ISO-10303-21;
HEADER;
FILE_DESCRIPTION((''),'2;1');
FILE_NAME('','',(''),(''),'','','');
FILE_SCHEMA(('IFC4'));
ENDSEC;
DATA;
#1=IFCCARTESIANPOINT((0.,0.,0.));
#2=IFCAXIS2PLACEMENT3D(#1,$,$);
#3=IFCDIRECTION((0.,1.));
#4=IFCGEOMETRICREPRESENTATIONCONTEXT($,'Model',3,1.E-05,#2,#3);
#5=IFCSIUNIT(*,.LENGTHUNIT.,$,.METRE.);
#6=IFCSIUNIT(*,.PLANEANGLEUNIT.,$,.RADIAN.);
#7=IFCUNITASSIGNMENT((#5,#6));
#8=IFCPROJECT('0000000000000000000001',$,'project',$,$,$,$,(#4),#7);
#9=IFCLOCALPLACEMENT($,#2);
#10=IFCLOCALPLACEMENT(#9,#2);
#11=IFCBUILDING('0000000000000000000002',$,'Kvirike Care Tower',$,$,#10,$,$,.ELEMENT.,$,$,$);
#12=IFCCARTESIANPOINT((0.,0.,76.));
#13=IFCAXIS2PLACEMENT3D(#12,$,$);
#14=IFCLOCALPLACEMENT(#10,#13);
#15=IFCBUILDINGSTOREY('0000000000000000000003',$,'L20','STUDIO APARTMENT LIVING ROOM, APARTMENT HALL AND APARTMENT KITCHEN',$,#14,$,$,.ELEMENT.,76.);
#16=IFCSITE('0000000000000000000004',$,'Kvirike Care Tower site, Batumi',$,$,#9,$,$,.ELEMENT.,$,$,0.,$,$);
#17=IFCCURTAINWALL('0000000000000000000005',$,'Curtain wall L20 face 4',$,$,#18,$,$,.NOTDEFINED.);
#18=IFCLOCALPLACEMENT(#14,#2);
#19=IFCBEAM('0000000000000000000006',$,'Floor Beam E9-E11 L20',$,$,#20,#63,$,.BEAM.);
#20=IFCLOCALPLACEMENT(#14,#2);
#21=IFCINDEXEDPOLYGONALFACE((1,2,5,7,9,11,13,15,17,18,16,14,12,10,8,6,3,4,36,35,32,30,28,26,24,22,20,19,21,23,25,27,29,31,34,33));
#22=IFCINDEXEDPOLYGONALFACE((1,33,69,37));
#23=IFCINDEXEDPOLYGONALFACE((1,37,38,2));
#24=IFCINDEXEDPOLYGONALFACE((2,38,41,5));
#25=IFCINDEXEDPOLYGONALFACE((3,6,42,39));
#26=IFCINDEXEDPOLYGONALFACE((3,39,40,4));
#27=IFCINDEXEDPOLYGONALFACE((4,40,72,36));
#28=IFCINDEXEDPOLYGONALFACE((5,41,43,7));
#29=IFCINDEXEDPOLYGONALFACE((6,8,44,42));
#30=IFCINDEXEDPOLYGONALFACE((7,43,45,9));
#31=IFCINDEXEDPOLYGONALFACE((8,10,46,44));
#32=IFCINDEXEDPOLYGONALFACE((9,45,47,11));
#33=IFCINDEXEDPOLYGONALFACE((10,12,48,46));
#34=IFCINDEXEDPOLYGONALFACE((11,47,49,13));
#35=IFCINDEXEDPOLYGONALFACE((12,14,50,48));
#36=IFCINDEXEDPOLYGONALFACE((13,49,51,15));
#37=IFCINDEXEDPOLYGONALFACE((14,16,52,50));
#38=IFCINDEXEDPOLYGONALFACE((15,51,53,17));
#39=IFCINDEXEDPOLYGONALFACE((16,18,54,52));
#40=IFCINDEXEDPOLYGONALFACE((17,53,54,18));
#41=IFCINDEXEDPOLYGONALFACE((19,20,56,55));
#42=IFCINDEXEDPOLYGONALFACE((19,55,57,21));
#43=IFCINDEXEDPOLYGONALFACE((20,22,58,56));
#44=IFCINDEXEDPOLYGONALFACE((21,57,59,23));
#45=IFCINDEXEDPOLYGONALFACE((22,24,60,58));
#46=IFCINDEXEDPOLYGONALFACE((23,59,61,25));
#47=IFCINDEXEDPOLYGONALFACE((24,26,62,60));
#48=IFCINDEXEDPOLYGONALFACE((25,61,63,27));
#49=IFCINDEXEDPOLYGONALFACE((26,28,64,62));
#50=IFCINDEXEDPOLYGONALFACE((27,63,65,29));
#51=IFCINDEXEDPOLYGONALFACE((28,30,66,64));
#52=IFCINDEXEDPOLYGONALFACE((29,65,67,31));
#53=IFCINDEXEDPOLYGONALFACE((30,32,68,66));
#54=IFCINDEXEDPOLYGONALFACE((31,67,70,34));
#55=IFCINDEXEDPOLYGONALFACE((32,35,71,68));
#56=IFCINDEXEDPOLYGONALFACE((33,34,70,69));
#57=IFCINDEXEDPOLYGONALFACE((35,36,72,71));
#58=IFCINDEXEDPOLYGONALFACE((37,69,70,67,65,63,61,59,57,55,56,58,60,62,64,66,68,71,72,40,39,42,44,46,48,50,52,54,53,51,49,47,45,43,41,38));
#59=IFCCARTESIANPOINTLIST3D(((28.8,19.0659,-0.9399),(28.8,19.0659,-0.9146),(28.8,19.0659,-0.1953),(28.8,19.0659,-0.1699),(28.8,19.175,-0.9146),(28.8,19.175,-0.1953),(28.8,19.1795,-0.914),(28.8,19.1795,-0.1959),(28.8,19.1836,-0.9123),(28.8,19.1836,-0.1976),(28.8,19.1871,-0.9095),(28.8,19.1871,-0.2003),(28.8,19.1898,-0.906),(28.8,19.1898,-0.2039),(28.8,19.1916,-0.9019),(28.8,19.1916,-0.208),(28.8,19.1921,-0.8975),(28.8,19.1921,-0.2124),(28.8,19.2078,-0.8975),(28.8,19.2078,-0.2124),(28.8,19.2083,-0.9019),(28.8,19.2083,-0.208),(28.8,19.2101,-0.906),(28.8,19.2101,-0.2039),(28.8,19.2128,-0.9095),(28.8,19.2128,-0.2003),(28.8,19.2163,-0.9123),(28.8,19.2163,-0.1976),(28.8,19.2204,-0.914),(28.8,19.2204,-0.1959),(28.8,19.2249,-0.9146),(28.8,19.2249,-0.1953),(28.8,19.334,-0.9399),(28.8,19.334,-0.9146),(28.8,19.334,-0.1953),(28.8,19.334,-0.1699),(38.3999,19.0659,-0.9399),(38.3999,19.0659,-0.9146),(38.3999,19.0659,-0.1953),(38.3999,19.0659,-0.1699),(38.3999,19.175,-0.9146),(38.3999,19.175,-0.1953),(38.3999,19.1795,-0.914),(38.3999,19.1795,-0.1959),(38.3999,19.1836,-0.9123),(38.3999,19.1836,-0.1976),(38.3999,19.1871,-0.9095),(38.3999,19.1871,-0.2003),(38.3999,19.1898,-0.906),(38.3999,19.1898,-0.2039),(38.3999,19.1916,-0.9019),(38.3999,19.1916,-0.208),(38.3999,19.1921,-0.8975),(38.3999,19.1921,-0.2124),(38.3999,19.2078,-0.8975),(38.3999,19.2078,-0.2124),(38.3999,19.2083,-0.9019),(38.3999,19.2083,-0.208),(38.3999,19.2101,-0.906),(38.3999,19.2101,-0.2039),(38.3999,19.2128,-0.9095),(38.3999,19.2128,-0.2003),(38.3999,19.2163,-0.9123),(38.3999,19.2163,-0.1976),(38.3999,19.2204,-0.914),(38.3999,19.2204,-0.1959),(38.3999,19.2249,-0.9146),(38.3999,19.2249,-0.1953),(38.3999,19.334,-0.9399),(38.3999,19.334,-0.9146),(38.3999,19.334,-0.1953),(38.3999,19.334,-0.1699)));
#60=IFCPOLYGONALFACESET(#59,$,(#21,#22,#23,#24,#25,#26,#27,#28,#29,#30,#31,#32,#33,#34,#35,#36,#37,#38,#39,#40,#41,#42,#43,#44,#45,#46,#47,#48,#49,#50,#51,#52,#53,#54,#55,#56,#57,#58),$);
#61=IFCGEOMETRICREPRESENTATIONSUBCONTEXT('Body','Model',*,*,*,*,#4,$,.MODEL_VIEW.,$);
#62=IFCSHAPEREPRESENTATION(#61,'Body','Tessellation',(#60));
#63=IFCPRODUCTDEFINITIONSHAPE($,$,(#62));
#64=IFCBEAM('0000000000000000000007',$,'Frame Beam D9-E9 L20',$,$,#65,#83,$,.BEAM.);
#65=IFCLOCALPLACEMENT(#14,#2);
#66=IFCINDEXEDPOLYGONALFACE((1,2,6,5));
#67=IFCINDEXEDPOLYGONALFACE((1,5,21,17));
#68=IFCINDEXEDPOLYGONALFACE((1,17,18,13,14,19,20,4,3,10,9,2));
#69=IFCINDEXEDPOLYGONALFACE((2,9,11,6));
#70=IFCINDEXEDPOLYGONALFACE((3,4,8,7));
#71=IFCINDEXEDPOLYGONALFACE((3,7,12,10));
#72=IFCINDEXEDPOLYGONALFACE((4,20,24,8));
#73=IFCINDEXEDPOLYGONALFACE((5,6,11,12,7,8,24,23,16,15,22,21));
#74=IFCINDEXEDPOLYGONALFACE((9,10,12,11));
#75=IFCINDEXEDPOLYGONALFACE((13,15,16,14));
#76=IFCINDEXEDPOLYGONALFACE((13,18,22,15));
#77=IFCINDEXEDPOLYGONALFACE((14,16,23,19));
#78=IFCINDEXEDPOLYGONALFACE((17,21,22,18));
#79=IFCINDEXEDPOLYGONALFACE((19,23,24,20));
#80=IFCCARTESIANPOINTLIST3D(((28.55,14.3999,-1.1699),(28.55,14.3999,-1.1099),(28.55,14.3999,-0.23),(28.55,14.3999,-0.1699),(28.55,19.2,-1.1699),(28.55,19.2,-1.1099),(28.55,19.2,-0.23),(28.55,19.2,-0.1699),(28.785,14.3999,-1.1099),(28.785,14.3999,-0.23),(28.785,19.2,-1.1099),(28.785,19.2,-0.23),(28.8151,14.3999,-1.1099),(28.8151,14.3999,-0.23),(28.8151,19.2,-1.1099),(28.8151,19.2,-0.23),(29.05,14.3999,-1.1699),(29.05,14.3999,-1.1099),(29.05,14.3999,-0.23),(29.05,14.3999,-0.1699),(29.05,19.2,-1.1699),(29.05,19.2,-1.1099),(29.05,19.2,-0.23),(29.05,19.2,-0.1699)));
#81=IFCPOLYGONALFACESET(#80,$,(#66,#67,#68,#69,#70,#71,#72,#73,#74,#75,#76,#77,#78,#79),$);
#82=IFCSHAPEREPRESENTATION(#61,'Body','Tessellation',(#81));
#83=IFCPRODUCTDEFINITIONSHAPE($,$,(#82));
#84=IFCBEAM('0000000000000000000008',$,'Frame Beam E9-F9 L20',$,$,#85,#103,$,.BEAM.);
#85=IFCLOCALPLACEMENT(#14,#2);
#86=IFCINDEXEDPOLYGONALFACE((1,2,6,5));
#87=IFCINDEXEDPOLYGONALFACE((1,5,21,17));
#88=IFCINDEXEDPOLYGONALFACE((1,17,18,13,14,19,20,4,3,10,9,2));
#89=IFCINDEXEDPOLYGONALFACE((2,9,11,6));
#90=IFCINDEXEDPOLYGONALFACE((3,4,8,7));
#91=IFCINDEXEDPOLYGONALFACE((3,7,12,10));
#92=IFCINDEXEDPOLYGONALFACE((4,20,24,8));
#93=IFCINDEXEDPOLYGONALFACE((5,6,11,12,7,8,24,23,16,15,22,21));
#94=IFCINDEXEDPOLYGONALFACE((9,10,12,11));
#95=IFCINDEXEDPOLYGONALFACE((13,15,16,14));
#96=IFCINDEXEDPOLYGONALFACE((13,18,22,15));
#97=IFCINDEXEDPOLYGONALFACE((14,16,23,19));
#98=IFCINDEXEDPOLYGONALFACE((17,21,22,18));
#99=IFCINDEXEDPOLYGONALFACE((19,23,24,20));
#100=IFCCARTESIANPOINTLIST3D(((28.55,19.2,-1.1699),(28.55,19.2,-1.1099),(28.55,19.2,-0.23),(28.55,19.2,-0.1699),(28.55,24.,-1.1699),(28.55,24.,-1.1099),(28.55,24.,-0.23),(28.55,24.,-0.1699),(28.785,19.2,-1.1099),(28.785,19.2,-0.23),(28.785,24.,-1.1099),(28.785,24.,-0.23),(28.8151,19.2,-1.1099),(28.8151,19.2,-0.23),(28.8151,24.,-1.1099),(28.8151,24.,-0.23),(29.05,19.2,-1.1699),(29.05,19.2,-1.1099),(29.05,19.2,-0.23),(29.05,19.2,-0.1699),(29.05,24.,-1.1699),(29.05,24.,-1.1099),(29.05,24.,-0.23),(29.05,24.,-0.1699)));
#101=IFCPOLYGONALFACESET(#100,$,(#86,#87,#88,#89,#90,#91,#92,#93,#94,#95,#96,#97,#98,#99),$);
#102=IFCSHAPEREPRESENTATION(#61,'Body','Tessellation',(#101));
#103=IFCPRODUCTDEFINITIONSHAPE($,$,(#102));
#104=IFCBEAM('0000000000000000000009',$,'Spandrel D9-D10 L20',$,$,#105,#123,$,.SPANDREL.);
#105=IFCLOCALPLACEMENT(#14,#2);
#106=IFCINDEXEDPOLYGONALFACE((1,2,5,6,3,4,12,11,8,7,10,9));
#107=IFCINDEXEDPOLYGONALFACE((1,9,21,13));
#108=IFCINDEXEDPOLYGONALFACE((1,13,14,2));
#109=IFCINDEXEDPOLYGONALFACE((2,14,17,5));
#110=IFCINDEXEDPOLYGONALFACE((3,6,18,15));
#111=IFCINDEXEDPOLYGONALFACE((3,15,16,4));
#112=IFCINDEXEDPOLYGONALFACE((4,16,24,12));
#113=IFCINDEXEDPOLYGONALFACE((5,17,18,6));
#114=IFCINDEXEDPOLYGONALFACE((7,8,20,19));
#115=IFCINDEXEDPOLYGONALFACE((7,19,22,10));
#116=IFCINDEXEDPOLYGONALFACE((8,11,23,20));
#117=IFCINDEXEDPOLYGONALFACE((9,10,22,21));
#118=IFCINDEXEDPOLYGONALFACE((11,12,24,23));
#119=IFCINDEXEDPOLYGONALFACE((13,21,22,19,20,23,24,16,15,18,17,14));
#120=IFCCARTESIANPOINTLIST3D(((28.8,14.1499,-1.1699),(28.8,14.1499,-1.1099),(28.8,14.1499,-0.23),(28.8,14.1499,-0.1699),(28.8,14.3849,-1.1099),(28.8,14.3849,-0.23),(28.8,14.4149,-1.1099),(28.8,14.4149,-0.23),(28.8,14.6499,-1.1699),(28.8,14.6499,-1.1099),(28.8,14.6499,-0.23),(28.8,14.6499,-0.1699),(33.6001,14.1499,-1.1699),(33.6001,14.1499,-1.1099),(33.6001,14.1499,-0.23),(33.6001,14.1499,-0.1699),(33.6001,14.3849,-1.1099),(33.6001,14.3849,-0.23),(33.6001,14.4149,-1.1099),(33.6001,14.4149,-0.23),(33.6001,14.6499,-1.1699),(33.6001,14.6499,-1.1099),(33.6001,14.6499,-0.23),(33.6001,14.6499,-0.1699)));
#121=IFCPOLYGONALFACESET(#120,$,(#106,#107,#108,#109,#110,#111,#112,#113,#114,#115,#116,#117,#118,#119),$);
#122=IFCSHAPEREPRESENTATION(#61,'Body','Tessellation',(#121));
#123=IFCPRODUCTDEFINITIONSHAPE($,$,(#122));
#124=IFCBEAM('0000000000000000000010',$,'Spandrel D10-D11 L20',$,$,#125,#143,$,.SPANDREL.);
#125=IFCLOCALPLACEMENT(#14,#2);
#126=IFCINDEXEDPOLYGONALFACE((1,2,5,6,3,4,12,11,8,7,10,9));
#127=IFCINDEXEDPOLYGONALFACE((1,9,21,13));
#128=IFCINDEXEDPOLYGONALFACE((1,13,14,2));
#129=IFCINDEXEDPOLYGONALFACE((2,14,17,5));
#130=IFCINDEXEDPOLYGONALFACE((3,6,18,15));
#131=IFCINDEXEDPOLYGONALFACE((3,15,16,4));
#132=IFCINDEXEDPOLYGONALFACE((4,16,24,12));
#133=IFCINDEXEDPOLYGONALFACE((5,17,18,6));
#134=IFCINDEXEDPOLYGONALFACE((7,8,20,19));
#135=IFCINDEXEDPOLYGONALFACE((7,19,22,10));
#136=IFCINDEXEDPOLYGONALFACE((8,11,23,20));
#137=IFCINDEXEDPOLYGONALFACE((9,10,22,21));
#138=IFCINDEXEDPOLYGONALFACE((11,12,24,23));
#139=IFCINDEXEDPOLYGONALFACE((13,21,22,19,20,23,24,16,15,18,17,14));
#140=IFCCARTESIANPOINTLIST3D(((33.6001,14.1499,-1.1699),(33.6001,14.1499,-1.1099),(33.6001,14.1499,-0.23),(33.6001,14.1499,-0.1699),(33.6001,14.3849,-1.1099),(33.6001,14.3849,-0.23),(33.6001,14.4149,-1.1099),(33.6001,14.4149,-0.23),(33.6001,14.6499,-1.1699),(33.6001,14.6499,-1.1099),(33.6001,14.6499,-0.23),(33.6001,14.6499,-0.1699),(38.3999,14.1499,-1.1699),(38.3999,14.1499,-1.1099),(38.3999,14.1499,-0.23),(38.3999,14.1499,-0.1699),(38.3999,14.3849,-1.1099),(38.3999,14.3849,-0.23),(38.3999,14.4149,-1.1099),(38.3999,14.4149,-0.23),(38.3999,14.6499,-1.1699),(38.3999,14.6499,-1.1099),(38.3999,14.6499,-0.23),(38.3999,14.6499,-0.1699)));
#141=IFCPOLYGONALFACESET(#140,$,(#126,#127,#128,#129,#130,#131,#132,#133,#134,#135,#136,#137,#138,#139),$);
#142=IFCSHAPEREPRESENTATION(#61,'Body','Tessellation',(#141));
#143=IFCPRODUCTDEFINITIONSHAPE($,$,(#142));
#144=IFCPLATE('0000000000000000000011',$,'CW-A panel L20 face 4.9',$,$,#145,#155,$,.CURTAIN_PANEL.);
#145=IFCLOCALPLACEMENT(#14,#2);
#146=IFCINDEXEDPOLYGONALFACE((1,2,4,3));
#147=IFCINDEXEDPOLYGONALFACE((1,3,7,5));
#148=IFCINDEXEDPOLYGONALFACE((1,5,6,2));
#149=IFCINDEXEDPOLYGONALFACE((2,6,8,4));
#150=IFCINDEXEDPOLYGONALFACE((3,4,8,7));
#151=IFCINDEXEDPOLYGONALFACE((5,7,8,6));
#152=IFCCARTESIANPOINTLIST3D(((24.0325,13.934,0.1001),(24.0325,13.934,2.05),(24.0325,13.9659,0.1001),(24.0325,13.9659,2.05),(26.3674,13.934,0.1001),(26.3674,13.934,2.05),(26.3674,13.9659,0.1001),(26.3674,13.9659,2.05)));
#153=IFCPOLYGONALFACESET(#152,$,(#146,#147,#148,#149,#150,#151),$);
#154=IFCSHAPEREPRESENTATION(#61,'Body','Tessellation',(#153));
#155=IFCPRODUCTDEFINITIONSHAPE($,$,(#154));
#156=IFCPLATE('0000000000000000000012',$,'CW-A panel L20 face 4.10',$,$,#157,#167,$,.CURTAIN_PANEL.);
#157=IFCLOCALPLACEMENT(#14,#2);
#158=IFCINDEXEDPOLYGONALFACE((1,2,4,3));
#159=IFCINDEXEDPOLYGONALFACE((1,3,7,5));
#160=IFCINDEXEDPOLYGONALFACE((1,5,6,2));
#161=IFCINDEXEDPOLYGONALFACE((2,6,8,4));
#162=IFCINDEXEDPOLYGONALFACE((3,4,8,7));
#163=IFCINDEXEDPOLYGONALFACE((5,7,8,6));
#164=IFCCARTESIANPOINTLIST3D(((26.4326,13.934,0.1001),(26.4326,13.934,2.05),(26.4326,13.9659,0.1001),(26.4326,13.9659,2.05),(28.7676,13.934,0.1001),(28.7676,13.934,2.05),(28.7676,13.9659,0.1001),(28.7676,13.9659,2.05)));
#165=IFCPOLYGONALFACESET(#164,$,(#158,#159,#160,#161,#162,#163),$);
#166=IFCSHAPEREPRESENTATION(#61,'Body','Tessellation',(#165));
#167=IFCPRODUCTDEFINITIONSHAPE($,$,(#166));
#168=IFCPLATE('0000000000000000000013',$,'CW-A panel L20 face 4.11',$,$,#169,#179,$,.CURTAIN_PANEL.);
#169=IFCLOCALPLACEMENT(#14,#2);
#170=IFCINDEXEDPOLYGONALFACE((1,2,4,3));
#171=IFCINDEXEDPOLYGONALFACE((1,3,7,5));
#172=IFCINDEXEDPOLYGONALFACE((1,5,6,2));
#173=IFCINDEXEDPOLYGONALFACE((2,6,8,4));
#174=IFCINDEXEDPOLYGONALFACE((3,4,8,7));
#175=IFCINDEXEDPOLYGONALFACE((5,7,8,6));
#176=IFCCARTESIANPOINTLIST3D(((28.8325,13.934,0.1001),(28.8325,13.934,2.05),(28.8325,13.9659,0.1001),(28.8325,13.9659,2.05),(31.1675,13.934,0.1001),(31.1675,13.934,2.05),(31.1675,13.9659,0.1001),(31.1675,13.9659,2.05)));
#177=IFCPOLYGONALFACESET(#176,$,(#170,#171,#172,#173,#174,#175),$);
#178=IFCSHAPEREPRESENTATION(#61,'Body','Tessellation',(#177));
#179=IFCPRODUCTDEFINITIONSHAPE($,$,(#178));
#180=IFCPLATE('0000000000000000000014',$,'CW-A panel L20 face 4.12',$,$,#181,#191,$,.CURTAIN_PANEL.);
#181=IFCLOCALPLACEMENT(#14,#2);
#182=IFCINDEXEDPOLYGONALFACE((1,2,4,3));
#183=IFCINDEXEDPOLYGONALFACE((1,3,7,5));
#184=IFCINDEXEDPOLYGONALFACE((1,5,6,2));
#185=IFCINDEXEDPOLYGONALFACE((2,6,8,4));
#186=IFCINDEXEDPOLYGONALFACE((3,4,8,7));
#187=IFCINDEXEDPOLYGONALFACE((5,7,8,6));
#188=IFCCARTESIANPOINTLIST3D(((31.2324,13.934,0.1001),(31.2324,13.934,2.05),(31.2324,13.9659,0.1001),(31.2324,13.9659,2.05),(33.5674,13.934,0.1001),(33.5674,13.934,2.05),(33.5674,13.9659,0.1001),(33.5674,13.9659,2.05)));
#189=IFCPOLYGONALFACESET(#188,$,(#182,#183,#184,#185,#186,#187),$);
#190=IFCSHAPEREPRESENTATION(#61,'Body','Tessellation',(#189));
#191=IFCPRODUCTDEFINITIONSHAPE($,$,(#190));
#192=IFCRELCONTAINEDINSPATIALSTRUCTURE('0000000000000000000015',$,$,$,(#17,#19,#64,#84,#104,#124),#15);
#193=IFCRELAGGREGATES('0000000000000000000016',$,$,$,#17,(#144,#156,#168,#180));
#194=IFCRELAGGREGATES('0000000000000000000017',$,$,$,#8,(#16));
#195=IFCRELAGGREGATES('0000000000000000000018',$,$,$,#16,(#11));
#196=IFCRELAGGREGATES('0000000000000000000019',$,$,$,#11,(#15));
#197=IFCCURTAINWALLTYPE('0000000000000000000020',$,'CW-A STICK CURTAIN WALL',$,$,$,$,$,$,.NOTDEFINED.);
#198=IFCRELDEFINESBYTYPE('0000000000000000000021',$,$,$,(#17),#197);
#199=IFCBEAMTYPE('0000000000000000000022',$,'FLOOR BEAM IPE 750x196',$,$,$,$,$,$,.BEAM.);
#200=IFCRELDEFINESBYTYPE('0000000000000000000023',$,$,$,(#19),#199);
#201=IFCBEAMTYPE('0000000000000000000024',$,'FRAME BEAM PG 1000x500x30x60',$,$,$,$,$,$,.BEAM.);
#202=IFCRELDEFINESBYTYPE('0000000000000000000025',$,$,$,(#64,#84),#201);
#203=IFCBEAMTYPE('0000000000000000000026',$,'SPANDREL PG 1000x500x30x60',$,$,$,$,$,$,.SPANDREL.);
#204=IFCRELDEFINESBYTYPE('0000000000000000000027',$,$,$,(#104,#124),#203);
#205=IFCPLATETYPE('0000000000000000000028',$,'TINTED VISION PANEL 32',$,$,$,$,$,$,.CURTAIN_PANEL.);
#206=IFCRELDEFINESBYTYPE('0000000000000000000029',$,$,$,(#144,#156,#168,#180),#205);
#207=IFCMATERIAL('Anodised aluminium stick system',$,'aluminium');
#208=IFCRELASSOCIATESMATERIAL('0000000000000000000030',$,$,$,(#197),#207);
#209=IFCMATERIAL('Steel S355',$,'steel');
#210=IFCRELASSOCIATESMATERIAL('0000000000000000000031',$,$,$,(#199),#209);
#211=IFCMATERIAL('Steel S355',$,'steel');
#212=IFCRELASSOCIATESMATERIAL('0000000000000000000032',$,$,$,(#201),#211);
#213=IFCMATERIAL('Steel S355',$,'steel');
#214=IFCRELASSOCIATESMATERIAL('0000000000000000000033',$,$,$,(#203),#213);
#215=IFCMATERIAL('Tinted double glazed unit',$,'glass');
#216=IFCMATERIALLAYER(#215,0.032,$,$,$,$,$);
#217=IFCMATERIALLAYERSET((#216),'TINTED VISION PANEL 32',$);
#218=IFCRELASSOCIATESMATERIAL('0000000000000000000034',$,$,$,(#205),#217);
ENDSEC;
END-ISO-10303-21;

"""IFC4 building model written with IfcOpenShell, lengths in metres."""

from ifc_helpers import new_model, si_unit, direction, frame, origin, origin_2d, place, context, subcontext, project, spatial, rectangle, i_section, extrude, material, layer, layer_set, material_profile, profile_set, type_object, element, aggregate, save


model = new_model("IFC4")

# Units and contexts
model_context = context("Model", 3, precision=1e-05, world=origin(), true_north=direction((0.0, 1.0)))
body_context = subcontext(model_context, "Body", "Model", "MODEL_VIEW")
ifc_project = project(units=[si_unit("LENGTHUNIT", "METRE"), si_unit("PLANEANGLEUNIT", "RADIAN")], contexts=[model_context])

# Site, building, storey
site_placement = place(None, origin())
site = spatial("IfcSite", under=ifc_project, at=site_placement, Name="Kvirike Care Tower site, Batumi", CompositionType="ELEMENT", RefElevation=0.0)
building_placement = place(site_placement, origin())
building = spatial("IfcBuilding", under=site, at=building_placement, Name="Kvirike Care Tower", CompositionType="ELEMENT")
storey_placement = place(building_placement, frame((0.0, 0.0, 76.0)))
storey = spatial("IfcBuildingStorey", under=building, at=storey_placement, Name="L20", Description="STUDIO APARTMENT LIVING ROOM, APARTMENT HALL AND APARTMENT KITCHEN", CompositionType="ELEMENT", Elevation=76.0)

# Curtain wall
ifc_material_1 = material(Name="Anodised aluminium stick system", Category="aluminium")
curtain_wall_type = type_object("IfcCurtainWallType", Name="CW-A STICK CURTAIN WALL", PredefinedType="NOTDEFINED", material=ifc_material_1)
curtain_wall_placement = place(storey_placement, origin())
curtain_wall = element("IfcCurtainWall", 1, at=curtain_wall_placement, inside=storey, type_object=curtain_wall_type, Name="Curtain wall L20 face 4", PredefinedType="NOTDEFINED")

# Beams
ifc_material_2 = material(Name="Steel S355", Category="steel")
ifc_material_profile_1 = material_profile(ifc_material_2, i_section(OverallWidth=0.2681, OverallDepth=0.77, WebThickness=0.0156, FlangeThickness=0.0254, FilletRadius=0.0171, at=origin_2d()), Name="IPE 750x196")
ifc_profile_set_1 = profile_set([ifc_material_profile_1], Name="Steel S355")
beam_type_1 = type_object("IfcBeamType", Name="FLOOR BEAM IPE 750x196", PredefinedType="BEAM", material=ifc_profile_set_1)
beam_1_placement = place(storey_placement, frame((28.8, 19.2, -0.5549), z_axis=(1.0, 0.0, 0.0), x_axis=(0.0, 1.0, 0.0)))
element("IfcBeam", 2, at=beam_1_placement, inside=storey, type_object=beam_type_1, Name="Floor Beam E9-E11 L20", PredefinedType="BEAM", context=body_context, shape_type="SweptSolid", body=[
    extrude(i_section(OverallWidth=0.2681, OverallDepth=0.77, WebThickness=0.0156, FlangeThickness=0.0254, FilletRadius=0.0171, at=origin_2d()), origin(), (0.0, 0.0, 1.0), 9.5999),
])
ifc_material_3 = material(Name="Steel S355", Category="steel")
ifc_material_profile_2 = material_profile(ifc_material_3, i_section(OverallWidth=0.5, OverallDepth=1.0, WebThickness=0.03, FlangeThickness=0.0601, at=origin_2d()), Name="PG 1000x500x30x60")
ifc_profile_set_2 = profile_set([ifc_material_profile_2], Name="Steel S355")
beam_type_2 = type_object("IfcBeamType", Name="FRAME BEAM PG 1000x500x30x60", PredefinedType="BEAM", material=ifc_profile_set_2)
for number, where, z_axis, x_axis, name in (
    (3, (28.8, 14.3999, -0.6699), (0.0, 1.0, 0.0), (-1.0, 0.0, 0.0), "Frame Beam D9-E9 L20"),
    (4, (28.8, 19.2, -0.6699), (0.0, 1.0, 0.0), (-1.0, 0.0, 0.0), "Frame Beam E9-F9 L20"),
):
    element("IfcBeam", number, at=place(storey_placement, frame(where, z_axis=z_axis, x_axis=x_axis)), inside=storey, type_object=beam_type_2, Name=name, PredefinedType="BEAM", context=body_context, shape_type="SweptSolid", body=[
        extrude(i_section(OverallWidth=0.5, OverallDepth=1.0, WebThickness=0.03, FlangeThickness=0.0601, at=origin_2d()), origin(), (0.0, 0.0, 1.0), 4.8),
    ])
ifc_material_4 = material(Name="Steel S355", Category="steel")
ifc_material_profile_3 = material_profile(ifc_material_4, i_section(OverallWidth=0.5, OverallDepth=1.0, WebThickness=0.03, FlangeThickness=0.0601, at=origin_2d()), Name="PG 1000x500x30x60")
ifc_profile_set_3 = profile_set([ifc_material_profile_3], Name="Steel S355")
beam_type_3 = type_object("IfcBeamType", Name="SPANDREL PG 1000x500x30x60", PredefinedType="SPANDREL", material=ifc_profile_set_3)
beam_2_placement = place(storey_placement, frame((28.8, 14.3999, -0.6699), z_axis=(1.0, 0.0, 0.0), x_axis=(0.0, 1.0, 0.0)))
element("IfcBeam", 5, at=beam_2_placement, inside=storey, type_object=beam_type_3, Name="Spandrel D9-D10 L20", PredefinedType="SPANDREL", context=body_context, shape_type="SweptSolid", body=[
    extrude(i_section(OverallWidth=0.5, OverallDepth=1.0, WebThickness=0.03, FlangeThickness=0.0601, at=origin_2d()), origin(), (0.0, 0.0, 1.0), 4.8),
])
beam_3_placement = place(storey_placement, frame((33.6001, 14.3999, -0.6699), z_axis=(1.0, 0.0, 0.0), x_axis=(0.0, 1.0, 0.0)))
element("IfcBeam", 6, at=beam_3_placement, inside=storey, type_object=beam_type_3, Name="Spandrel D10-D11 L20", PredefinedType="SPANDREL", context=body_context, shape_type="SweptSolid", body=[
    extrude(i_section(OverallWidth=0.5, OverallDepth=1.0, WebThickness=0.03, FlangeThickness=0.0601, at=origin_2d()), origin(), (0.0, 0.0, 1.0), 4.7998),
])

# Plates
ifc_material_5 = material(Name="Tinted double glazed unit", Category="glass")
ifc_layer_1 = layer(ifc_material_5, 0.032)
ifc_layer_set_1 = layer_set([ifc_layer_1], Name="TINTED VISION PANEL 32")
plate_type = type_object("IfcPlateType", Name="TINTED VISION PANEL 32", PredefinedType="CURTAIN_PANEL", material=ifc_layer_set_1)
plate_1_placement = place(storey_placement, frame((25.2, 13.95, 0.1001), z_axis=(0.0, 0.0, 1.0), x_axis=(1.0, 0.0, 0.0)))
plate_1 = element("IfcPlate", 7, at=plate_1_placement, type_object=plate_type, Name="CW-A panel L20 face 4.9", PredefinedType="CURTAIN_PANEL", context=body_context, shape_type="SweptSolid", body=[
    extrude(rectangle(XDim=2.335, YDim=0.032, at=origin_2d()), origin(), (0.0, 0.0, 1.0), 1.95),
])
plate_2_placement = place(storey_placement, frame((27.6001, 13.95, 0.1001), z_axis=(0.0, 0.0, 1.0), x_axis=(1.0, 0.0, 0.0)))
plate_2 = element("IfcPlate", 8, at=plate_2_placement, type_object=plate_type, Name="CW-A panel L20 face 4.10", PredefinedType="CURTAIN_PANEL", context=body_context, shape_type="SweptSolid", body=[
    extrude(rectangle(XDim=2.335, YDim=0.032, at=origin_2d()), origin(), (0.0, 0.0, 1.0), 1.95),
])
plate_3_placement = place(storey_placement, frame((30.0, 13.95, 0.1001), z_axis=(0.0, 0.0, 1.0), x_axis=(1.0, 0.0, 0.0)))
plate_3 = element("IfcPlate", 9, at=plate_3_placement, type_object=plate_type, Name="CW-A panel L20 face 4.11", PredefinedType="CURTAIN_PANEL", context=body_context, shape_type="SweptSolid", body=[
    extrude(rectangle(XDim=2.335, YDim=0.032, at=origin_2d()), origin(), (0.0, 0.0, 1.0), 1.95),
])
plate_4_placement = place(storey_placement, frame((32.3999, 13.95, 0.1001), z_axis=(0.0, 0.0, 1.0), x_axis=(1.0, 0.0, 0.0)))
plate_4 = element("IfcPlate", 10, at=plate_4_placement, type_object=plate_type, Name="CW-A panel L20 face 4.12", PredefinedType="CURTAIN_PANEL", context=body_context, shape_type="SweptSolid", body=[
    extrude(rectangle(XDim=2.335, YDim=0.032, at=origin_2d()), origin(), (0.0, 0.0, 1.0), 1.95),
])
aggregate(curtain_wall, [plate_1, plate_2, plate_3, plate_4])

save(model, "model.ifc")
